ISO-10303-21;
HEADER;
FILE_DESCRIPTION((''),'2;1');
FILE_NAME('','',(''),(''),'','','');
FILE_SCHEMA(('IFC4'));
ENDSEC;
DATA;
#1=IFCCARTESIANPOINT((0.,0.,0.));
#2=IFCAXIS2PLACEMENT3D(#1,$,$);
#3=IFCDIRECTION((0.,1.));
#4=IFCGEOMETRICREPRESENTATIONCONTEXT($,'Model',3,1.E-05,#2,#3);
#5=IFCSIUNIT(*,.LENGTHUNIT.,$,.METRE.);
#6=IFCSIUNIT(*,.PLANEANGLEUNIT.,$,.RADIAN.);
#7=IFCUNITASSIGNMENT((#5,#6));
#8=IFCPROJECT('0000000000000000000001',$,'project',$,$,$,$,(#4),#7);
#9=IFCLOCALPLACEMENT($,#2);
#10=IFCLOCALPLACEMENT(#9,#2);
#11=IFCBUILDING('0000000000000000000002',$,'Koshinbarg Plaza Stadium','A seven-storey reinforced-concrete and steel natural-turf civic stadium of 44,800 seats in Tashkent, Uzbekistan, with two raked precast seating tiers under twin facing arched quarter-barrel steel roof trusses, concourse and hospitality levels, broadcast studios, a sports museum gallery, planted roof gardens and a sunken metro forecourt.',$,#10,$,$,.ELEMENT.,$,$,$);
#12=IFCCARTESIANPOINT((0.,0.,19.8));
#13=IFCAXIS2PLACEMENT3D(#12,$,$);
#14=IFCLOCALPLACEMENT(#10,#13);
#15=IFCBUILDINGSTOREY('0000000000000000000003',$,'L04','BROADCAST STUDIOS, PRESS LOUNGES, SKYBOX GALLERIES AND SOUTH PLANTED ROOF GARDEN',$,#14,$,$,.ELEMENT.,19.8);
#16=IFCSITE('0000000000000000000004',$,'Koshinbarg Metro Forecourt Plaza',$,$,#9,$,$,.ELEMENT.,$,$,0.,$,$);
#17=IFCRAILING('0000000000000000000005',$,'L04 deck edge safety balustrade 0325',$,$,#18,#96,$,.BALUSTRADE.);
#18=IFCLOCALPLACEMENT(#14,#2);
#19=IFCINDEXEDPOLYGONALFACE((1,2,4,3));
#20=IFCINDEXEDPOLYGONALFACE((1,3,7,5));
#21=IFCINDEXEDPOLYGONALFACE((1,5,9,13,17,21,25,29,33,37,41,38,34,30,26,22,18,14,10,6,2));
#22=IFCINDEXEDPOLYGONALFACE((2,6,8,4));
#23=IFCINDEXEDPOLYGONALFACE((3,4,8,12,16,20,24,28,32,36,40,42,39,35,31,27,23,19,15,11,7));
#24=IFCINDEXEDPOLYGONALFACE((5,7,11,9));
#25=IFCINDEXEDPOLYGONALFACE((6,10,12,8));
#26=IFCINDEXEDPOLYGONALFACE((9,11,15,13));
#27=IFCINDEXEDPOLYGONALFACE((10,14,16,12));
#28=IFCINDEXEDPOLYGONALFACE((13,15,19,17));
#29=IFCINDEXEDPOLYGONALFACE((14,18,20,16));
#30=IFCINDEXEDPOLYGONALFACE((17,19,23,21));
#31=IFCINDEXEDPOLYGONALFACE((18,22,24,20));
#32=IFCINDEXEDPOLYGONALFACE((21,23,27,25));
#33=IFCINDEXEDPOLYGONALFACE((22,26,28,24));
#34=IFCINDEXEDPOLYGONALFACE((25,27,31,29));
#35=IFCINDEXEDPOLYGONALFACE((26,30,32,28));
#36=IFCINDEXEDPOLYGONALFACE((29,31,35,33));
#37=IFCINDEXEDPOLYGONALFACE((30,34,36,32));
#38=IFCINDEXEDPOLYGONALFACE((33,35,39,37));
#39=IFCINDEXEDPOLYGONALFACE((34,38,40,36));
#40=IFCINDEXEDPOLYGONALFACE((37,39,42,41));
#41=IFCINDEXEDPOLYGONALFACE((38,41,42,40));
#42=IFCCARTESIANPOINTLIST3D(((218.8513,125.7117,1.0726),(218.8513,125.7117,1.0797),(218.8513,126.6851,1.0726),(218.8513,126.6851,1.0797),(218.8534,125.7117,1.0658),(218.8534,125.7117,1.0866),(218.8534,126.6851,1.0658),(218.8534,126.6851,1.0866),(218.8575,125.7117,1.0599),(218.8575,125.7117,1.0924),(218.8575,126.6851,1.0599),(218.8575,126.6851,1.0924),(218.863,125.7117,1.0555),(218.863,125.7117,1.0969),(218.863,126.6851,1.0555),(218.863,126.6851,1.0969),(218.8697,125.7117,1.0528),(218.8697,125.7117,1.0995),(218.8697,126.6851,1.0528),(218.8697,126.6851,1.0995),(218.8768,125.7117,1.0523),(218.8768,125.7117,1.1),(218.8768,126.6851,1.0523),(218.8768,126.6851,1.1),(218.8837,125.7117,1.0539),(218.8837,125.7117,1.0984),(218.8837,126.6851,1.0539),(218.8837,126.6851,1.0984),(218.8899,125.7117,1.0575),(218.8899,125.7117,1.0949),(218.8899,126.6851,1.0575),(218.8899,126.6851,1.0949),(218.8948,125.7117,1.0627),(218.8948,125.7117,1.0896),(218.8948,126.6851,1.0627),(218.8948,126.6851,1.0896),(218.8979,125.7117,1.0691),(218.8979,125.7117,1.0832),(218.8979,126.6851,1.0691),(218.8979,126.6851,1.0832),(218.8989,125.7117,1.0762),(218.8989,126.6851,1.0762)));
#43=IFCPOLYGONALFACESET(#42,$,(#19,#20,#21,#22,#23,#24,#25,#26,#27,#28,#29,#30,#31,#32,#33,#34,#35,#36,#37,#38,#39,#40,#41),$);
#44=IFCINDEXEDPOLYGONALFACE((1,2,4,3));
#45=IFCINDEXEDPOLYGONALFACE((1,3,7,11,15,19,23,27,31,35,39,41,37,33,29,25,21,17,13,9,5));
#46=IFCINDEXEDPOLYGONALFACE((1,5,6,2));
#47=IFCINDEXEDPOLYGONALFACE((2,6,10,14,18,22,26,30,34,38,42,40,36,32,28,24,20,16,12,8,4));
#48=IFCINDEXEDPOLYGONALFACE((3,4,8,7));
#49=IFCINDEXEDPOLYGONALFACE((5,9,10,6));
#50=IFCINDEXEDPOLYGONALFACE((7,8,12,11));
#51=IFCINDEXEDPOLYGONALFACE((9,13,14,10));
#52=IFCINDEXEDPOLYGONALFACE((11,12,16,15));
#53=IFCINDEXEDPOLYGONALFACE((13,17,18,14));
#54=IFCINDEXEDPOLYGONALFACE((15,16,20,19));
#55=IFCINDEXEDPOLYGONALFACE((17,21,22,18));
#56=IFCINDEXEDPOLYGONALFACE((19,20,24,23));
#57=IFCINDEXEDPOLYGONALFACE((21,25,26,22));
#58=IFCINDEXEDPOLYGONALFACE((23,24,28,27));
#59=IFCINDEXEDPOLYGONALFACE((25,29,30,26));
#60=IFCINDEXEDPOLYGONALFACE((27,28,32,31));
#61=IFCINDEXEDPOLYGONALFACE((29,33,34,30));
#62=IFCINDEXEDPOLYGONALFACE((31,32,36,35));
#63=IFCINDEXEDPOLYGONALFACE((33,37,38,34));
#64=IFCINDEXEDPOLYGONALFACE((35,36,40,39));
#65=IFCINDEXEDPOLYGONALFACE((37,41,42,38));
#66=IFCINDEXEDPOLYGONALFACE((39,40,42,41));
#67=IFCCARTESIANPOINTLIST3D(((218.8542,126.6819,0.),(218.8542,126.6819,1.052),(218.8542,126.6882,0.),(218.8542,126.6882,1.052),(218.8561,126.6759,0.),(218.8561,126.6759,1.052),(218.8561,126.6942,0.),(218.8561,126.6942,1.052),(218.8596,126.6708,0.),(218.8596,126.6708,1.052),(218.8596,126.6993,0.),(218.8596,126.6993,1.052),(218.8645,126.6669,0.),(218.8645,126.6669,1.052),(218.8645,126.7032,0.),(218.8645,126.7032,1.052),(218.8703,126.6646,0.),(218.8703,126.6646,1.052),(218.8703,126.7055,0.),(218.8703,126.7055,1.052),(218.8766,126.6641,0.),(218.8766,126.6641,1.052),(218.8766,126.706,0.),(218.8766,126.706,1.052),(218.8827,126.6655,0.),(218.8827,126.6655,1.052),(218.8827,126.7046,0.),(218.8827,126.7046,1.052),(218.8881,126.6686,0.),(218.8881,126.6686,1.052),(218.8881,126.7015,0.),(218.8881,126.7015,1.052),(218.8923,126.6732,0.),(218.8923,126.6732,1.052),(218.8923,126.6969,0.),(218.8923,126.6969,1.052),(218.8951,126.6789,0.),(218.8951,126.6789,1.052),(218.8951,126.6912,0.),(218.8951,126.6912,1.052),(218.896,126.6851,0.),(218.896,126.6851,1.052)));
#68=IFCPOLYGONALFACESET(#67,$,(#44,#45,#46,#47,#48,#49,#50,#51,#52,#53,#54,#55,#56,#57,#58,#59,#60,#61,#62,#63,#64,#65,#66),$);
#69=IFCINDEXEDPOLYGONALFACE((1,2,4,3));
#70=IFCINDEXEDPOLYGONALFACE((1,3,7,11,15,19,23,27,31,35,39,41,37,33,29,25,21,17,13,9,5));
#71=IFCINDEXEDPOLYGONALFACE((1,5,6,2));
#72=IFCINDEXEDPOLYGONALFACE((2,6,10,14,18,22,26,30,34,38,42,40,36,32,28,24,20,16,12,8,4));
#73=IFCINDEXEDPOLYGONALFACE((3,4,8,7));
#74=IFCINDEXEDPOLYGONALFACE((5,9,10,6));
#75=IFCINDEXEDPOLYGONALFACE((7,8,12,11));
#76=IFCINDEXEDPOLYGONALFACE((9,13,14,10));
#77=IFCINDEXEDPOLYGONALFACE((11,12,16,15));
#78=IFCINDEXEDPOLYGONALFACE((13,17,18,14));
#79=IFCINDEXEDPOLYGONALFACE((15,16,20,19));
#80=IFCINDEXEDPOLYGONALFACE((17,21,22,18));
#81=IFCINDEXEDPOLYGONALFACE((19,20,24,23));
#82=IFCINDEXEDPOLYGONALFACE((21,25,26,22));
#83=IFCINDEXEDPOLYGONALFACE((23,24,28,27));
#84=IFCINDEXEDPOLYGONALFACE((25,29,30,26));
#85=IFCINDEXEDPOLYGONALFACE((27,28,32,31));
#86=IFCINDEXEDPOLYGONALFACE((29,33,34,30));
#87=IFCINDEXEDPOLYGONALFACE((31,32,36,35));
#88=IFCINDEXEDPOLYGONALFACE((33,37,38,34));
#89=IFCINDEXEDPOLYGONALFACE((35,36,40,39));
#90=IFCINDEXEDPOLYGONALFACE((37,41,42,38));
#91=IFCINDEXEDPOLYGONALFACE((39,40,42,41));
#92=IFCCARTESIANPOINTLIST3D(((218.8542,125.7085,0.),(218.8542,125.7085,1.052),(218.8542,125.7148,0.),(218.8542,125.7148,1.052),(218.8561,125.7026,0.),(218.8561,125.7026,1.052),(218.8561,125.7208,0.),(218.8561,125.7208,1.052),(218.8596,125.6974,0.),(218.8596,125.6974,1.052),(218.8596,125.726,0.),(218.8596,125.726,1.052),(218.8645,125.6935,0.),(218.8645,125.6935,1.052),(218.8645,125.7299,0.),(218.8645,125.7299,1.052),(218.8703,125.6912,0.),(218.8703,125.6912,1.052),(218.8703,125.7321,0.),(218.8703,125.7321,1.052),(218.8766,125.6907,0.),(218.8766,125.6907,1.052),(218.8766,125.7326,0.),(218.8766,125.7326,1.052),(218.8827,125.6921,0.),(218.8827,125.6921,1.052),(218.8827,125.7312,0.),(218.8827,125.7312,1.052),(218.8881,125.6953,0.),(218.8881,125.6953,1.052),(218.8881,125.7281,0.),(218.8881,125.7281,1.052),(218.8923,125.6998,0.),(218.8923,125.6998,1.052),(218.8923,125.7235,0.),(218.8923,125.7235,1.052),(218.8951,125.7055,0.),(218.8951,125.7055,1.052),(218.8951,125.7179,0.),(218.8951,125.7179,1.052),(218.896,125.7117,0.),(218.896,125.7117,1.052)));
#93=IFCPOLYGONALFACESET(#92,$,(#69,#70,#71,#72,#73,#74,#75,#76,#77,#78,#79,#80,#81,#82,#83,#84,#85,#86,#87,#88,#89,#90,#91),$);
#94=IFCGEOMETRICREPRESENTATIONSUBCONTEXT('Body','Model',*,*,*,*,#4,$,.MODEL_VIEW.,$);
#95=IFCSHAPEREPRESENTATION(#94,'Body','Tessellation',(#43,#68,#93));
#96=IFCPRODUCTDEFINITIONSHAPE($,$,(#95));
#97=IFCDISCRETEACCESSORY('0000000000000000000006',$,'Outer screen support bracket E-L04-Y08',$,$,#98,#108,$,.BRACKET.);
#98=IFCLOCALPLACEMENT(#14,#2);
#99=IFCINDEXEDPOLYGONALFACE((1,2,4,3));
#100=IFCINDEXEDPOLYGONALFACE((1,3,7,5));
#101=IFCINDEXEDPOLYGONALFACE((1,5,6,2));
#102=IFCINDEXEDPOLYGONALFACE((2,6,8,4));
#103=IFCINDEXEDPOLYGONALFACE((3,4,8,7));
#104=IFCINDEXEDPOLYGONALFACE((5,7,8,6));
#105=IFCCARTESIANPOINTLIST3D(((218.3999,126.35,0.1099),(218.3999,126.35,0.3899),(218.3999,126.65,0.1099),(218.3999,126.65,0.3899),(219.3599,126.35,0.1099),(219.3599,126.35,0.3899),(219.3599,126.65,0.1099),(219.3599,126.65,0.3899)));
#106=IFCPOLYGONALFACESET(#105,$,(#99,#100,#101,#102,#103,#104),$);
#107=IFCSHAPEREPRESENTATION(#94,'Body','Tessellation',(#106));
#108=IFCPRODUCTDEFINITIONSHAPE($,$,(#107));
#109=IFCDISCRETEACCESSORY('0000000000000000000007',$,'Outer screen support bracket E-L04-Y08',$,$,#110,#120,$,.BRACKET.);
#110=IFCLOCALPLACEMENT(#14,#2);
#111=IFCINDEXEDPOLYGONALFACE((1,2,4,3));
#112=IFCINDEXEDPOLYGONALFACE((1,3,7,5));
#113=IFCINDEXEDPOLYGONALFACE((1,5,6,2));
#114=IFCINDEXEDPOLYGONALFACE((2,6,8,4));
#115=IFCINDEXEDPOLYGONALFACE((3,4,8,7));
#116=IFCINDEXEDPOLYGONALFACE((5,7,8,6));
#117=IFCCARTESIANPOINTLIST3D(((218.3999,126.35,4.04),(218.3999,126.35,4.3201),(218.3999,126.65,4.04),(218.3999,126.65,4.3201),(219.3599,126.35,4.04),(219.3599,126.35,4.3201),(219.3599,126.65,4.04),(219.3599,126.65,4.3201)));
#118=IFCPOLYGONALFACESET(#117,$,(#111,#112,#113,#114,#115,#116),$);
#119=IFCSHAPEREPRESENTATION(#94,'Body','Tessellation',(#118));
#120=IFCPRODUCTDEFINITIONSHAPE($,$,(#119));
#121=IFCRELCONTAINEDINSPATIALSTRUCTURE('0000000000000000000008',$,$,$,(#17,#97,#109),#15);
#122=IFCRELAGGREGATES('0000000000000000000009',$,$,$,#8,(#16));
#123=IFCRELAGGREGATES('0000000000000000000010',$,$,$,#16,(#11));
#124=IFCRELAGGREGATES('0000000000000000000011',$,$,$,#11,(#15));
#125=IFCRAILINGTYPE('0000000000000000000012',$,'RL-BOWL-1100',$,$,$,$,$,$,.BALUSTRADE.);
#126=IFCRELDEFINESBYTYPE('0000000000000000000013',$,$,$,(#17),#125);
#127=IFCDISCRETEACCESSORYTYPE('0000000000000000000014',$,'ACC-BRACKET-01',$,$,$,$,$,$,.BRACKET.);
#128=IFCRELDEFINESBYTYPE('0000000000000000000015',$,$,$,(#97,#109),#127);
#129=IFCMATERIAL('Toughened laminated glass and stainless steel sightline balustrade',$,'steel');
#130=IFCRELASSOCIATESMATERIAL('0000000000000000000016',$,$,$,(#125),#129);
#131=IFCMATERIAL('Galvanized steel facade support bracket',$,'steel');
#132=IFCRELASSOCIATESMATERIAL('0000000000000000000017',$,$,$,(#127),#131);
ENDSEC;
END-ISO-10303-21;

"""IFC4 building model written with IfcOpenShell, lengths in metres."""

from ifc_helpers import new_model, si_unit, direction, frame, origin, origin_2d, place, context, subcontext, project, spatial, rectangle, circle, extrude, material, type_object, element, save


model = new_model("IFC4")

# Units and contexts
model_context = context("Model", 3, precision=1e-05, world=origin(), true_north=direction((0.0, 1.0)))
body_context = subcontext(model_context, "Body", "Model", "MODEL_VIEW")
ifc_project = project(units=[si_unit("LENGTHUNIT", "METRE"), si_unit("PLANEANGLEUNIT", "RADIAN")], contexts=[model_context])

# Site, building, storey
site_placement = place(None, origin())
site = spatial("IfcSite", under=ifc_project, at=site_placement, Name="Koshinbarg Metro Forecourt Plaza", CompositionType="ELEMENT", RefElevation=0.0)
building_placement = place(site_placement, origin())
building = spatial("IfcBuilding", under=site, at=building_placement, Name="Koshinbarg Plaza Stadium", Description="A seven-storey reinforced-concrete and steel natural-turf civic stadium of 44,800 seats in Tashkent, Uzbekistan, with two raked precast seating tiers under twin facing arched quarter-barrel steel roof trusses, concourse and hospitality levels, broadcast studios, a sports museum gallery, planted roof gardens and a sunken metro forecourt.", CompositionType="ELEMENT")
storey_placement = place(building_placement, frame((0.0, 0.0, 19.8)))
storey = spatial("IfcBuildingStorey", under=building, at=storey_placement, Name="L04", Description="BROADCAST STUDIOS, PRESS LOUNGES, SKYBOX GALLERIES AND SOUTH PLANTED ROOF GARDEN", CompositionType="ELEMENT", Elevation=19.8)

# Railing
ifc_material_1 = material(Name="Toughened laminated glass and stainless steel sightline balustrade", Category="steel")
railing_type = type_object("IfcRailingType", Name="RL-BOWL-1100", PredefinedType="BALUSTRADE", material=ifc_material_1)
railing_placement = place(storey_placement, frame((218.875, 126.6851, 0.0)))
element("IfcRailing", 1, at=railing_placement, inside=storey, type_object=railing_type, Name="L04 deck edge safety balustrade 0325", PredefinedType="BALUSTRADE", context=body_context, shape_type="SweptSolid", body=[
    extrude(circle(Radius=0.0239, at=origin_2d()), frame((0.0, 0.0, 1.0762), z_axis=(0.0, -1.0, 0.0), x_axis=(1.0, 0.0, 0.0)), (0.0, 0.0, 1.0), 0.9734),
    extrude(circle(Radius=0.021, at=origin_2d()), origin(), (0.0, 0.0, 1.0), 1.052),
    extrude(circle(Radius=0.021, at=origin_2d()), frame((0.0, -0.9734, 0.0)), (0.0, 0.0, 1.0), 1.052),
])

# Discrete accessories
ifc_material_2 = material(Name="Galvanized steel facade support bracket", Category="steel")
discrete_accessory_type = type_object("IfcDiscreteAccessoryType", Name="ACC-BRACKET-01", PredefinedType="BRACKET", material=ifc_material_2)
for number, where, z_axis, x_axis, name in (
    (2, (218.8799, 126.5, 0.1099), (0.0, 0.0, 1.0), (1.0, 0.0, 0.0), "Outer screen support bracket E-L04-Y08"),
    (3, (218.8799, 126.5, 4.04), (0.0, 0.0, 1.0), (1.0, 0.0, 0.0), "Outer screen support bracket E-L04-Y08"),
):
    element("IfcDiscreteAccessory", number, at=place(storey_placement, frame(where, z_axis=z_axis, x_axis=x_axis)), inside=storey, type_object=discrete_accessory_type, Name=name, PredefinedType="BRACKET", context=body_context, shape_type="SweptSolid", body=[
        extrude(rectangle(XDim=0.96, YDim=0.3, at=origin_2d()), origin(), (0.0, 0.0, 1.0), 0.28),
    ])

save(model, "model.ifc")
